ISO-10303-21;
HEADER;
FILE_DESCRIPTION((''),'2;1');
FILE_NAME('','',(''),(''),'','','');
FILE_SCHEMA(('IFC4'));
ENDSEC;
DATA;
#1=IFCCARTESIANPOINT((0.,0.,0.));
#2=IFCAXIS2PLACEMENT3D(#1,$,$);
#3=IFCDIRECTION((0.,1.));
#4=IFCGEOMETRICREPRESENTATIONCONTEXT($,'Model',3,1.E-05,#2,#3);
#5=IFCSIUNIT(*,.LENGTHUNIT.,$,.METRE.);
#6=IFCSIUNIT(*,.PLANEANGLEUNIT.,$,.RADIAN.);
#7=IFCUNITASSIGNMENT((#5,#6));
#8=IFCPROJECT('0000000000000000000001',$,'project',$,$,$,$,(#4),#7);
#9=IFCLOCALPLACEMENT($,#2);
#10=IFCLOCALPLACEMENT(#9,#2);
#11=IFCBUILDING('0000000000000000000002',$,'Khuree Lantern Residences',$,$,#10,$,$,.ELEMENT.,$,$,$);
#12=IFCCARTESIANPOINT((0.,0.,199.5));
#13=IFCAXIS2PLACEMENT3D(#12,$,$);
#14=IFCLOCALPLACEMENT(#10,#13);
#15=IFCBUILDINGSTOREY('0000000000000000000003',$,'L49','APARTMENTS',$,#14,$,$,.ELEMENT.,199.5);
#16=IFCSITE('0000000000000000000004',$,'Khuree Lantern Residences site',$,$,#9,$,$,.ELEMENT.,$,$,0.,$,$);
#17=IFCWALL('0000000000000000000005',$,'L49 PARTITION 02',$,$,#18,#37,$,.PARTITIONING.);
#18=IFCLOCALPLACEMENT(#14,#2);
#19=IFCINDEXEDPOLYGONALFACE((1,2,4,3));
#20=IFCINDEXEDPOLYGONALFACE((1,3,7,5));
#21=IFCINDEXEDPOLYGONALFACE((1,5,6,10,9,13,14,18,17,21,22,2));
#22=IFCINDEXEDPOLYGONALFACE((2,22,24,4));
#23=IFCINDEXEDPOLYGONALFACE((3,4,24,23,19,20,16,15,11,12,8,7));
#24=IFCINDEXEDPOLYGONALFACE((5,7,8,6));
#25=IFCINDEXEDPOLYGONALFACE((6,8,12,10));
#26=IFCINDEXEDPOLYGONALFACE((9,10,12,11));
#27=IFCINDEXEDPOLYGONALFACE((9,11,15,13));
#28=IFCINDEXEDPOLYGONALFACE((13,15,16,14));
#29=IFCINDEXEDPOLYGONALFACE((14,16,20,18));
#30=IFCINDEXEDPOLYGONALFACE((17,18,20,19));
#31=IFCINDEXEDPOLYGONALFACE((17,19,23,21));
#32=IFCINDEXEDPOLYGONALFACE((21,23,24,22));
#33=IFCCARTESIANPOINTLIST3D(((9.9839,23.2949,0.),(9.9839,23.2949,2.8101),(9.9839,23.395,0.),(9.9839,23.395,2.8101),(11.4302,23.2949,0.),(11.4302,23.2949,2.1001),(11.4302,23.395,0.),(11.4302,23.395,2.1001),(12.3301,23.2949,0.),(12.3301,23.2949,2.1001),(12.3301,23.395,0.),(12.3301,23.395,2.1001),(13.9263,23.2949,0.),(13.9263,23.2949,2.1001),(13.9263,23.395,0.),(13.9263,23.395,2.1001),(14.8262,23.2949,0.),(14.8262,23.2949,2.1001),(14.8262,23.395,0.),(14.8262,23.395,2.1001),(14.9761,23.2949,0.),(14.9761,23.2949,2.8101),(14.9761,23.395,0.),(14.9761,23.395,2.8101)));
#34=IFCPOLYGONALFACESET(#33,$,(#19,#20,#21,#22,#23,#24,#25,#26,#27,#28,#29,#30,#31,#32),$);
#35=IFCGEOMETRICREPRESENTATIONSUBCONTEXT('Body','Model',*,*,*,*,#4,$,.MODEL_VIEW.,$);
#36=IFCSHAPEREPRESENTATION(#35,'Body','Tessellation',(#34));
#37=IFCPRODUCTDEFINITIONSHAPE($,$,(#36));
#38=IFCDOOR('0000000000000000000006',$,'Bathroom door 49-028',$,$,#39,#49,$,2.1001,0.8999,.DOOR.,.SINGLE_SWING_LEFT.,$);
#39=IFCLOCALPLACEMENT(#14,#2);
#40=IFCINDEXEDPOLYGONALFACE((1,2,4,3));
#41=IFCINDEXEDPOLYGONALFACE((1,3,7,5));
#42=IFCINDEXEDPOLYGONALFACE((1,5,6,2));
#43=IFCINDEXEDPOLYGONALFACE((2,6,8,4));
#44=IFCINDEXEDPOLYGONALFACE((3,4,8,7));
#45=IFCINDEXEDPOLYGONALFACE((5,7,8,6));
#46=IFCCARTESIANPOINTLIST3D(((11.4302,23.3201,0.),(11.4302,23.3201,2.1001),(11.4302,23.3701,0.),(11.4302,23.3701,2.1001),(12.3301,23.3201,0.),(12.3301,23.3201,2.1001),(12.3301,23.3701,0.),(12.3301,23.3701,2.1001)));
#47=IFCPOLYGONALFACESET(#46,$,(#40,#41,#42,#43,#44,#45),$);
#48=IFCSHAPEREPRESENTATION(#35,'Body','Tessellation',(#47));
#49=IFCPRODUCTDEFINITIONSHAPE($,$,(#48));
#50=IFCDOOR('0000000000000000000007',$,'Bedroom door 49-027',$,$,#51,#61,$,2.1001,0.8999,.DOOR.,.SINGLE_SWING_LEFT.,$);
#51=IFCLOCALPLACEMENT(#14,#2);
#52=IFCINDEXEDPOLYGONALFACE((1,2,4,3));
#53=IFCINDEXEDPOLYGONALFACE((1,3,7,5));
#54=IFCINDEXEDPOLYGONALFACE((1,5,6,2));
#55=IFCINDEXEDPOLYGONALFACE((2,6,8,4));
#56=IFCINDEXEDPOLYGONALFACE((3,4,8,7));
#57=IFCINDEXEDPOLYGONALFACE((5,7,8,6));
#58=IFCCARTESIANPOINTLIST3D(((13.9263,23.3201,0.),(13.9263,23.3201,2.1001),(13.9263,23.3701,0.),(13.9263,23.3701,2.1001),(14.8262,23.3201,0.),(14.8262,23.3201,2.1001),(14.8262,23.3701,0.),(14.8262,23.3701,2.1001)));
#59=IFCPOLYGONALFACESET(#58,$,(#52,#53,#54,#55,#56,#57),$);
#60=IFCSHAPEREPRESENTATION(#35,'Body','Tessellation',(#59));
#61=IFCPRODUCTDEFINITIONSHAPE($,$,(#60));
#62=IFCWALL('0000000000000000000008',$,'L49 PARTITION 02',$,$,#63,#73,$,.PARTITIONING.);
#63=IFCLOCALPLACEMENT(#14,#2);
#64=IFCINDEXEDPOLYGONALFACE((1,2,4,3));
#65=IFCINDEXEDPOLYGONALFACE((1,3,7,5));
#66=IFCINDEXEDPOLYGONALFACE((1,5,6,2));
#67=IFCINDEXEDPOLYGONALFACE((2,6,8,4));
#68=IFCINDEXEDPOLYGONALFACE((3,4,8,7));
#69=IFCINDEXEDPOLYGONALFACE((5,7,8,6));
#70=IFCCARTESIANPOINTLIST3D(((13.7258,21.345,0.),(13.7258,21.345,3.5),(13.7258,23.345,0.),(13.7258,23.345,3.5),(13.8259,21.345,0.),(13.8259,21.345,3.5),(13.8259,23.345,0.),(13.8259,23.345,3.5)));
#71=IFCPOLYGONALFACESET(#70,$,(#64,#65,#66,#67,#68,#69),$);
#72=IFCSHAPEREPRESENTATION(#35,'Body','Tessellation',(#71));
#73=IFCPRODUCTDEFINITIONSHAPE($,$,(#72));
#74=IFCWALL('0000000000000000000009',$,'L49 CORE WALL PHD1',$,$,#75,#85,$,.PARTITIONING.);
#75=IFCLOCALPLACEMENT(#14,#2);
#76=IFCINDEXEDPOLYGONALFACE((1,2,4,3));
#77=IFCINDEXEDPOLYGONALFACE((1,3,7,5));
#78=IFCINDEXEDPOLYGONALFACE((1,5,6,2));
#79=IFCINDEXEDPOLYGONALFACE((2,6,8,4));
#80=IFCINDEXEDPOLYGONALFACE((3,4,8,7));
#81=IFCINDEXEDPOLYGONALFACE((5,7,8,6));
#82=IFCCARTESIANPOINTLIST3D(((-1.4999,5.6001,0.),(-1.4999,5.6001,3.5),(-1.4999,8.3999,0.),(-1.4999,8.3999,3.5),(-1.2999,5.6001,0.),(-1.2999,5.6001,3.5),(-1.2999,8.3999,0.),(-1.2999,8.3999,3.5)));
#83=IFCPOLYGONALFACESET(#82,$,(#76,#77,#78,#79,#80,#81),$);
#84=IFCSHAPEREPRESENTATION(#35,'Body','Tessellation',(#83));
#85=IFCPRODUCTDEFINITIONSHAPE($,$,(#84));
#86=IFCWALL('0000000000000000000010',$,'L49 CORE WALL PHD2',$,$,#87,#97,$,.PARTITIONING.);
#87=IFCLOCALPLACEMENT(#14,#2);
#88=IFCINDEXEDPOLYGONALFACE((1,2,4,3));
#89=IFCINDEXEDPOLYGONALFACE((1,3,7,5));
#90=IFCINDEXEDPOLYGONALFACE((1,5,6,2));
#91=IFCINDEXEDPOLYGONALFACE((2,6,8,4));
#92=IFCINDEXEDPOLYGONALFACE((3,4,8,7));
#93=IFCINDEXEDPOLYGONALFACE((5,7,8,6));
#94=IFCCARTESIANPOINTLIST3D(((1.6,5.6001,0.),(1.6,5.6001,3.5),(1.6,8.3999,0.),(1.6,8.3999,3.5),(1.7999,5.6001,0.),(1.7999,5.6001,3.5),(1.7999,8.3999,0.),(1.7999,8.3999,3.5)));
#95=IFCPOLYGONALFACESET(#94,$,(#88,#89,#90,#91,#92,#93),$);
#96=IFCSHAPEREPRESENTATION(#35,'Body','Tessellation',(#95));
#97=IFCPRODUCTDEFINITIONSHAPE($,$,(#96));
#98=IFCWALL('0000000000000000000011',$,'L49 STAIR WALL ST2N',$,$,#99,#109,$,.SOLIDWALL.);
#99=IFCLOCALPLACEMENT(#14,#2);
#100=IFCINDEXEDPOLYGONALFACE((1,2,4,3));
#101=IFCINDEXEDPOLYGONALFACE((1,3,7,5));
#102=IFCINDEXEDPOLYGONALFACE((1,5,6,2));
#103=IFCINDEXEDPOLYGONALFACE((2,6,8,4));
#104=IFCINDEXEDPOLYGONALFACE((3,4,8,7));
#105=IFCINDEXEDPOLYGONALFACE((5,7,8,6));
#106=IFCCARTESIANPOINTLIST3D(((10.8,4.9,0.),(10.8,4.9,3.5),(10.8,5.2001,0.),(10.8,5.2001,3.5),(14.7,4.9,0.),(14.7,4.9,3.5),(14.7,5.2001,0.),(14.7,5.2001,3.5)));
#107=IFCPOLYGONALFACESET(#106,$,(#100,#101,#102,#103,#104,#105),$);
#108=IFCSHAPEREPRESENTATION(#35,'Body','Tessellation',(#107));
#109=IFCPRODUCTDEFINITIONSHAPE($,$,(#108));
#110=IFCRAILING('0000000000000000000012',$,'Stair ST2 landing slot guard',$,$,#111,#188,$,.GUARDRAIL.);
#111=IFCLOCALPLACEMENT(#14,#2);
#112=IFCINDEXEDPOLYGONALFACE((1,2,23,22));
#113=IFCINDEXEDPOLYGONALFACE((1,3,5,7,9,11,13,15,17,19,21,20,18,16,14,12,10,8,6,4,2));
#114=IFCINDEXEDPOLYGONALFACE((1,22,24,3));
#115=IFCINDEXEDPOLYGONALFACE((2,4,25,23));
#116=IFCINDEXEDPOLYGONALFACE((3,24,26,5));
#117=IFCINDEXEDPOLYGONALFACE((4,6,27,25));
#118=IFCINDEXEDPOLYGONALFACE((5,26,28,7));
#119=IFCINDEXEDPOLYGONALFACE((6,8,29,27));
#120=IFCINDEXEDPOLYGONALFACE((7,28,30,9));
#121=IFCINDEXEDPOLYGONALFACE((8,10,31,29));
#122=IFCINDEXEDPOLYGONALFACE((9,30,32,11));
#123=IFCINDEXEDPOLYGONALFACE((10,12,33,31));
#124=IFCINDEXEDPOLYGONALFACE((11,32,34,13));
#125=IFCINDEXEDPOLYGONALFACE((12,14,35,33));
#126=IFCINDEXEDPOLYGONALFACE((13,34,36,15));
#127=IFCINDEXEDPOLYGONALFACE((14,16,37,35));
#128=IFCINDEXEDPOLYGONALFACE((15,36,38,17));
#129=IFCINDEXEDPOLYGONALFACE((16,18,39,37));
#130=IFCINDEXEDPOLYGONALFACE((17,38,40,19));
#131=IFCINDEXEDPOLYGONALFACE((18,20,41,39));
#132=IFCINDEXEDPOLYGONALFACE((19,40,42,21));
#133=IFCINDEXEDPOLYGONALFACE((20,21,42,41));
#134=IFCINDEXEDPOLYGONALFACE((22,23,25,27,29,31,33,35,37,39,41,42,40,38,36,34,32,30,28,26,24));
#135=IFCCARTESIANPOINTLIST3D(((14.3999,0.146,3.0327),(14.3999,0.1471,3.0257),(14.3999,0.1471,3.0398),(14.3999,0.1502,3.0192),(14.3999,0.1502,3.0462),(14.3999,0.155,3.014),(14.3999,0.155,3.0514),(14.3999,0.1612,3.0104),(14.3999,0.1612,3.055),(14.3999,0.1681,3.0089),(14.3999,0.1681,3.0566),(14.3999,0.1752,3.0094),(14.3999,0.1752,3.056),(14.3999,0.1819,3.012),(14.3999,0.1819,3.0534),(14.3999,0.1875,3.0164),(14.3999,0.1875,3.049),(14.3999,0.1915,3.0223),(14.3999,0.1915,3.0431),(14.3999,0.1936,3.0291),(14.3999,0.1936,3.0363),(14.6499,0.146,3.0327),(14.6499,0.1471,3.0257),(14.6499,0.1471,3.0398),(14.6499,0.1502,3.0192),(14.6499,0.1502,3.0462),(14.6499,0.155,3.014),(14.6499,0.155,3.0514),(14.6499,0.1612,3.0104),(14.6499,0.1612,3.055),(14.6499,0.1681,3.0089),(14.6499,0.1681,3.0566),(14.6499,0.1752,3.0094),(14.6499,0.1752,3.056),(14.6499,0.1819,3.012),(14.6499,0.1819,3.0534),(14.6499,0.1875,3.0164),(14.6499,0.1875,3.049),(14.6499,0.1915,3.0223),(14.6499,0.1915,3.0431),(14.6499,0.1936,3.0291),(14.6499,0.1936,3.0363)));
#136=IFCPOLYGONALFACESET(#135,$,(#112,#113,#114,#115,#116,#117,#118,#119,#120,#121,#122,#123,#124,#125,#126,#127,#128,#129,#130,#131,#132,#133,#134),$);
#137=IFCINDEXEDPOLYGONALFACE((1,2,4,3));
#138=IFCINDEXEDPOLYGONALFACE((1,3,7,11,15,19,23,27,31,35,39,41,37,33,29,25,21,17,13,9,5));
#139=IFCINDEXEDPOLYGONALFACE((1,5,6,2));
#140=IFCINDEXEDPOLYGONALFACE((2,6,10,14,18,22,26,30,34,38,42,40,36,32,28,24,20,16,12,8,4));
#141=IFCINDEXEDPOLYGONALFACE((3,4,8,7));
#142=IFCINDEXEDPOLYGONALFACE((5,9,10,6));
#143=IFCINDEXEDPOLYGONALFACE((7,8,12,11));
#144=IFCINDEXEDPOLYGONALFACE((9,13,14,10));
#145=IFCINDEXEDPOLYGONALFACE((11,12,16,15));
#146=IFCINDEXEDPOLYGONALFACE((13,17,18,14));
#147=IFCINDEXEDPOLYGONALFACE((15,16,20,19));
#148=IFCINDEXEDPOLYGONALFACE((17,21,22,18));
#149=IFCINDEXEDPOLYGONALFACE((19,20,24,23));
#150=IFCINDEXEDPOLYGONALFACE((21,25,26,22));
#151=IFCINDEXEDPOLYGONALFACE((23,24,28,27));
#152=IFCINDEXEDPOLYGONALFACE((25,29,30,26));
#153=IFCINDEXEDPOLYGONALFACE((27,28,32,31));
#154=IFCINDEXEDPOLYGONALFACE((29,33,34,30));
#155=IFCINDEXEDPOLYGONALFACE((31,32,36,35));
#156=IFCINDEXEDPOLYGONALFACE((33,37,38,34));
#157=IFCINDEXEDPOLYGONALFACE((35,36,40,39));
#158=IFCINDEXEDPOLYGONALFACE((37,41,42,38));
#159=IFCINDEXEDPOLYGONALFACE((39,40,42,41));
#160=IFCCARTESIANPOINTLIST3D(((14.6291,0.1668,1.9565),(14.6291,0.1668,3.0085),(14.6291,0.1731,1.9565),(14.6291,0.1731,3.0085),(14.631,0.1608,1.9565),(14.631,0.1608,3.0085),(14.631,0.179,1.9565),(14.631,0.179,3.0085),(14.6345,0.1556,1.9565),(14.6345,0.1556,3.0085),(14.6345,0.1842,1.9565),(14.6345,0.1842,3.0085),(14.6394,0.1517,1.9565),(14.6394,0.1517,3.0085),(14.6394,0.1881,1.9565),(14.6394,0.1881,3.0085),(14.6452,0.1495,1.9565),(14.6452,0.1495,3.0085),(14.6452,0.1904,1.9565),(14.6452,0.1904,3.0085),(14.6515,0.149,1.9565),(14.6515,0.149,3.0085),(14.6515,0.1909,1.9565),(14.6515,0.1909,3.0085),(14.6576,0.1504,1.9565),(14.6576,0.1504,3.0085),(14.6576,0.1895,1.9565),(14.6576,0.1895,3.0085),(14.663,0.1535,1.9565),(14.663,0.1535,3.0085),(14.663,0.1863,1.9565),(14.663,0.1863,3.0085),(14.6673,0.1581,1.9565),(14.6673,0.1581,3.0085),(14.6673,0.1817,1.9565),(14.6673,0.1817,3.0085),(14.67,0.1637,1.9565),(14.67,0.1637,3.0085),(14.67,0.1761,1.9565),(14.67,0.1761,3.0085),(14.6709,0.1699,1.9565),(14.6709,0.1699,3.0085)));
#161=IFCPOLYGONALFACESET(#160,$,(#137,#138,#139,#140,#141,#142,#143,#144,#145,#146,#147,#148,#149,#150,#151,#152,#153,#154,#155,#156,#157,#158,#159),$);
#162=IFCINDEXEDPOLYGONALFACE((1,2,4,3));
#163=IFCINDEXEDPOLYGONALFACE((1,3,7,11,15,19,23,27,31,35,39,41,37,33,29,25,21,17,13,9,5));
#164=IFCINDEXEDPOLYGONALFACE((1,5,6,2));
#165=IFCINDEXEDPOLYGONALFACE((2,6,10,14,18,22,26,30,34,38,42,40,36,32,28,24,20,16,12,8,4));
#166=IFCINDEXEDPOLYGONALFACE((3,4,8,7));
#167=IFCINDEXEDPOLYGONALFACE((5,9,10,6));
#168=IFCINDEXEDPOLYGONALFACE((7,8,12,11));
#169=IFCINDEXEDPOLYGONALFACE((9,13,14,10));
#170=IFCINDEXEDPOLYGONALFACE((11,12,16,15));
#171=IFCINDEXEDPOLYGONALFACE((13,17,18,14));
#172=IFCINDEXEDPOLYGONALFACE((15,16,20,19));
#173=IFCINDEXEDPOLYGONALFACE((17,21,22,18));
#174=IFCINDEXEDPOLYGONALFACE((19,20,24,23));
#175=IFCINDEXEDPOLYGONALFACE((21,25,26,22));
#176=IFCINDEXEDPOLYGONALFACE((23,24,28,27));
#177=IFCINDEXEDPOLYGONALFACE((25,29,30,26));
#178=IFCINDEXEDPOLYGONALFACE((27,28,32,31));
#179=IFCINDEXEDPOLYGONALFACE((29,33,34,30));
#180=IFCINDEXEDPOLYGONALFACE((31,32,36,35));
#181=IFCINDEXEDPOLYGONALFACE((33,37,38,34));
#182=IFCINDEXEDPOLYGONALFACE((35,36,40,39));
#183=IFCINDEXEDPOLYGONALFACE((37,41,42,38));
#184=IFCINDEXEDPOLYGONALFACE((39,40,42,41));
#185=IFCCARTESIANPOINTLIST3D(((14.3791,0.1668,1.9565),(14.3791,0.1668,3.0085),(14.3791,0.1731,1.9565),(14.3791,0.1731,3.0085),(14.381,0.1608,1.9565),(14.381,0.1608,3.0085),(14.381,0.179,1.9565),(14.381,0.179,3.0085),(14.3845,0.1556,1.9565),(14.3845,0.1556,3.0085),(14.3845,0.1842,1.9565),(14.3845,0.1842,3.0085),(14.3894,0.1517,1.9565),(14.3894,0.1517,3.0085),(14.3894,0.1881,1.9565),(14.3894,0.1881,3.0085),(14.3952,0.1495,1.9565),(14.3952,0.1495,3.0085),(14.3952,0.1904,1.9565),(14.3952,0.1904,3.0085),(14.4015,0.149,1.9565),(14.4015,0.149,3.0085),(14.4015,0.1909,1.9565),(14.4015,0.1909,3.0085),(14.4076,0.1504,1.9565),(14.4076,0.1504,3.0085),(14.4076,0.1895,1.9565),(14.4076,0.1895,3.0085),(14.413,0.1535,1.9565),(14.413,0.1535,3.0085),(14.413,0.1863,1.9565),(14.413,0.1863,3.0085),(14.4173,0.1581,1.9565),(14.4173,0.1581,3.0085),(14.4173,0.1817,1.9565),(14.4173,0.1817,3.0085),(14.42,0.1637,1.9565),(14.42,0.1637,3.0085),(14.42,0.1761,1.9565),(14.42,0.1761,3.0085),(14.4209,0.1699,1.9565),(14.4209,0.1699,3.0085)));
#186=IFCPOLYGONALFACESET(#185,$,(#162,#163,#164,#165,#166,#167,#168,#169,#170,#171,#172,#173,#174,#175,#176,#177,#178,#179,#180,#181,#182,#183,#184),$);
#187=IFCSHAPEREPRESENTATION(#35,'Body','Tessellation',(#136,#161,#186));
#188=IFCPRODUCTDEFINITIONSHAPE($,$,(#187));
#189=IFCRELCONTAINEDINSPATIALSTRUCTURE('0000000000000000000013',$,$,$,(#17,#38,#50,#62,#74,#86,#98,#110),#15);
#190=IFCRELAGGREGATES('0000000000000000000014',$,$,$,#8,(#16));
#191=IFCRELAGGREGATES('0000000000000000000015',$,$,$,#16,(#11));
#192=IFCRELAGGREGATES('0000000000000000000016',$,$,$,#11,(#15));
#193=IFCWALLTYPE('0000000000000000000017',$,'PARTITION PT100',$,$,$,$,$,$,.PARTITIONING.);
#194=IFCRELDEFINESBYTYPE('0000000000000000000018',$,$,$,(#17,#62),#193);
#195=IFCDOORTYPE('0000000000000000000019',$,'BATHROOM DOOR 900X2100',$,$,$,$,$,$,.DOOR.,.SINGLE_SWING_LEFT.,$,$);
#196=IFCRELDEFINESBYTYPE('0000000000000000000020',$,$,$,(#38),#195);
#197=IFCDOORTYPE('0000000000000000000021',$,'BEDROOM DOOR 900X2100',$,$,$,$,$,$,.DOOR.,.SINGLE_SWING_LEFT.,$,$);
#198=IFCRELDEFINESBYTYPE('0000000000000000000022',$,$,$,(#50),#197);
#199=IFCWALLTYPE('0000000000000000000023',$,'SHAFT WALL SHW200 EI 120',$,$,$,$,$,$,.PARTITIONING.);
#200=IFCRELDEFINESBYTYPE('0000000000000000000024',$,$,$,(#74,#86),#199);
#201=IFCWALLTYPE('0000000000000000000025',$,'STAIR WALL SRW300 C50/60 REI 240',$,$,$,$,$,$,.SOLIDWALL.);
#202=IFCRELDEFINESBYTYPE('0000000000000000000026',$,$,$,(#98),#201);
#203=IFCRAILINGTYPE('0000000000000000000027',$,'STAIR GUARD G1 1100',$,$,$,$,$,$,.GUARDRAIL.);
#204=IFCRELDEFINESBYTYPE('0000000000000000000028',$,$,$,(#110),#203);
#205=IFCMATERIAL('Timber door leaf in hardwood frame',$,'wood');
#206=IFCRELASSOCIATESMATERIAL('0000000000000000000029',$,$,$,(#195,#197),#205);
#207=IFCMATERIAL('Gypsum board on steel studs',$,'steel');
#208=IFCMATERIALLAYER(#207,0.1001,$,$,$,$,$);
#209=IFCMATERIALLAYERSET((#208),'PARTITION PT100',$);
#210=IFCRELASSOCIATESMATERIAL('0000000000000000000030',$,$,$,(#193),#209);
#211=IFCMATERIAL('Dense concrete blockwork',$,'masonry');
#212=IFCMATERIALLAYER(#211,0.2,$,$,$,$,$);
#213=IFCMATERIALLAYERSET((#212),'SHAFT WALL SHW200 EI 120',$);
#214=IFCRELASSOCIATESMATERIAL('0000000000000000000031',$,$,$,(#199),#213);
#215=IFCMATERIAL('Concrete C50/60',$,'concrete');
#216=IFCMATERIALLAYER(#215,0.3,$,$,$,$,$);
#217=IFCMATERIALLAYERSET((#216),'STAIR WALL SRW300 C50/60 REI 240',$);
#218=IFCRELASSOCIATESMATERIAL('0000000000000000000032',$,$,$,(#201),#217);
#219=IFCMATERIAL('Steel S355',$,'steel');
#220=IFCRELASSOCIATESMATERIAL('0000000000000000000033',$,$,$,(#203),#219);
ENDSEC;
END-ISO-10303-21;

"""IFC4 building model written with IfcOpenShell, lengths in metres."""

from ifc_helpers import new_model, si_unit, direction, frame, frame_2d, origin, origin_2d, place, context, subcontext, project, spatial, rectangle, circle, extrude, material, layer, layer_set, type_object, element, fill, save


model = new_model("IFC4")

# Units and contexts
model_context = context("Model", 3, precision=1e-05, world=origin(), true_north=direction((0.0, 1.0)))
body_context = subcontext(model_context, "Body", "Model", "MODEL_VIEW")
ifc_project = project(units=[si_unit("LENGTHUNIT", "METRE"), si_unit("PLANEANGLEUNIT", "RADIAN")], contexts=[model_context])

# Site, building, storey
site_placement = place(None, origin())
site = spatial("IfcSite", under=ifc_project, at=site_placement, Name="Khuree Lantern Residences site", CompositionType="ELEMENT", RefElevation=0.0)
building_placement = place(site_placement, origin())
building = spatial("IfcBuilding", under=site, at=building_placement, Name="Khuree Lantern Residences", CompositionType="ELEMENT")
storey_placement = place(building_placement, frame((0.0, 0.0, 199.5)))
storey = spatial("IfcBuildingStorey", under=building, at=storey_placement, Name="L49", Description="APARTMENTS", CompositionType="ELEMENT", Elevation=199.5)

# Shared definitions
ifc_material_1 = material(Name="Concrete C50/60", Category="concrete")

# Shared definitions
ifc_material_2 = material(Name="Timber door leaf in hardwood frame", Category="wood")
door_type_1 = type_object("IfcDoorType", Name="BATHROOM DOOR 900X2100", OperationType="SINGLE_SWING_LEFT", PredefinedType="DOOR", material=ifc_material_2)

# Shared definitions
ifc_material_3 = material(Name="Dense concrete blockwork", Category="masonry")

# Shared definitions
ifc_material_4 = material(Name="Gypsum board on steel studs", Category="steel")
ifc_layer_1 = layer(ifc_material_4, 0.1001)
ifc_layer_set_1 = layer_set([ifc_layer_1], Name="PARTITION PT100")
wall_type_1 = type_object("IfcWallType", Name="PARTITION PT100", PredefinedType="PARTITIONING", material=ifc_layer_set_1)

# Wall, openings, doors
wall_1_placement = place(storey_placement, frame((14.9761, 23.345, 0.0), z_axis=(0.0, 0.0, 1.0), x_axis=(-1.0, 0.0, 0.0)))
wall_1 = element("IfcWall", 1, at=wall_1_placement, inside=storey, type_object=wall_type_1, Name="L49 PARTITION 02", PredefinedType="PARTITIONING", context=body_context, shape_type="SweptSolid", body=[
    extrude(rectangle(XDim=4.9922, YDim=0.1001, at=frame_2d((2.4961, 0.0))), origin(), (0.0, 0.0, 1.0), 2.8101),
])
opening_1_placement = place(wall_1_placement, frame((0.1499, 0.0, 0.0)))
opening_1 = element("IfcOpeningElement", 2, at=opening_1_placement, cuts=wall_1, PredefinedType="OPENING", context=body_context, shape_type="SweptSolid", body=[
    extrude(rectangle(XDim=0.8999, YDim=2.1001, at=frame_2d((0.45, 1.05))), frame((0.0, 0.0601, 0.0), z_axis=(0.0, -1.0, 0.0), x_axis=(1.0, 0.0, 0.0)), (0.0, 0.0, 1.0), 0.1201),
])
opening_2_placement = place(wall_1_placement, frame((2.646, 0.0, 0.0)))
opening_2 = element("IfcOpeningElement", 3, at=opening_2_placement, cuts=wall_1, PredefinedType="OPENING", context=body_context, shape_type="SweptSolid", body=[
    extrude(rectangle(XDim=0.8999, YDim=2.1001, at=frame_2d((0.45, 1.05))), frame((0.0, 0.0601, 0.0), z_axis=(0.0, -1.0, 0.0), x_axis=(1.0, 0.0, 0.0)), (0.0, 0.0, 1.0), 0.1201),
])
door_1_placement = place(opening_2_placement, origin())
door_1 = element("IfcDoor", 4, at=door_1_placement, inside=storey, type_object=door_type_1, Name="Bathroom door 49-028", OperationType="SINGLE_SWING_LEFT", OverallHeight=2.1001, OverallWidth=0.8999, PredefinedType="DOOR", context=body_context, shape_type="SweptSolid", body=[
    extrude(rectangle(XDim=0.8999, YDim=2.1001, at=frame_2d((0.45, 1.05))), frame((0.0, 0.0249, 0.0), z_axis=(0.0, -1.0, 0.0), x_axis=(1.0, 0.0, 0.0)), (0.0, 0.0, 1.0), 0.05),
])
fill(opening_2, door_1)
door_type_2 = type_object("IfcDoorType", Name="BEDROOM DOOR 900X2100", OperationType="SINGLE_SWING_LEFT", PredefinedType="DOOR", material=ifc_material_2)
door_2_placement = place(opening_1_placement, origin())
door_2 = element("IfcDoor", 5, at=door_2_placement, inside=storey, type_object=door_type_2, Name="Bedroom door 49-027", OperationType="SINGLE_SWING_LEFT", OverallHeight=2.1001, OverallWidth=0.8999, PredefinedType="DOOR", context=body_context, shape_type="SweptSolid", body=[
    extrude(rectangle(XDim=0.8999, YDim=2.1001, at=frame_2d((0.45, 1.05))), frame((0.0, 0.0249, 0.0), z_axis=(0.0, -1.0, 0.0), x_axis=(1.0, 0.0, 0.0)), (0.0, 0.0, 1.0), 0.05),
])
fill(opening_1, door_2)

# Walls
wall_2_placement = place(storey_placement, frame((13.7759, 21.345, 0.0), z_axis=(0.0, 0.0, 1.0), x_axis=(0.0, 1.0, 0.0)))
element("IfcWall", 6, at=wall_2_placement, inside=storey, type_object=wall_type_1, Name="L49 PARTITION 02", PredefinedType="PARTITIONING", context=body_context, shape_type="SweptSolid", body=[
    extrude(rectangle(XDim=2.0, YDim=0.1001, at=frame_2d((1.0, 0.0))), origin(), (0.0, 0.0, 1.0), 3.5),
])
ifc_layer_2 = layer(ifc_material_3, 0.2)
ifc_layer_set_2 = layer_set([ifc_layer_2], Name="SHAFT WALL SHW200 EI 120")
wall_type_2 = type_object("IfcWallType", Name="SHAFT WALL SHW200 EI 120", PredefinedType="PARTITIONING", material=ifc_layer_set_2)
for number, where, z_axis, x_axis, name in (
    (7, (-1.3999, 5.6001, 0.0), (0.0, 0.0, 1.0), (0.0, 1.0, 0.0), "L49 CORE WALL PHD1"),
    (8, (1.7, 5.6001, 0.0), (0.0, 0.0, 1.0), (0.0, 1.0, 0.0), "L49 CORE WALL PHD2"),
):
    element("IfcWall", number, at=place(storey_placement, frame(where, z_axis=z_axis, x_axis=x_axis)), inside=storey, type_object=wall_type_2, Name=name, PredefinedType="PARTITIONING", context=body_context, shape_type="SweptSolid", body=[
        extrude(rectangle(XDim=2.7998, YDim=0.2, at=frame_2d((1.3999, 0.0))), origin(), (0.0, 0.0, 1.0), 3.5),
    ])
ifc_layer_3 = layer(ifc_material_1, 0.3)
ifc_layer_set_3 = layer_set([ifc_layer_3], Name="STAIR WALL SRW300 C50/60 REI 240")
wall_type_3 = type_object("IfcWallType", Name="STAIR WALL SRW300 C50/60 REI 240", PredefinedType="SOLIDWALL", material=ifc_layer_set_3)
wall_3_placement = place(storey_placement, frame((14.7, 5.05, 0.0), z_axis=(0.0, 0.0, 1.0), x_axis=(-1.0, 0.0, 0.0)))
element("IfcWall", 9, at=wall_3_placement, inside=storey, type_object=wall_type_3, Name="L49 STAIR WALL ST2N", PredefinedType="SOLIDWALL", context=body_context, shape_type="SweptSolid", body=[
    extrude(rectangle(XDim=3.8999, YDim=0.3, at=frame_2d((1.95, 0.0))), origin(), (0.0, 0.0, 1.0), 3.5),
])

# Railing
ifc_material_5 = material(Name="Steel S355", Category="steel")
railing_type = type_object("IfcRailingType", Name="STAIR GUARD G1 1100", PredefinedType="GUARDRAIL", material=ifc_material_5)
railing_placement = place(storey_placement, frame((14.6499, 0.1699, 1.9565)))
element("IfcRailing", 10, at=railing_placement, inside=storey, type_object=railing_type, Name="Stair ST2 landing slot guard", PredefinedType="GUARDRAIL", context=body_context, shape_type="SweptSolid", body=[
    extrude(circle(Radius=0.0239, at=origin_2d()), frame((0.0, 0.0, 1.0762), z_axis=(-1.0, 0.0, 0.0), x_axis=(0.0, -1.0, 0.0)), (0.0, 0.0, 1.0), 0.25),
    extrude(circle(Radius=0.021, at=origin_2d()), origin(), (0.0, 0.0, 1.0), 1.052),
    extrude(circle(Radius=0.021, at=origin_2d()), frame((-0.25, 0.0, 0.0)), (0.0, 0.0, 1.0), 1.052),
])

save(model, "model.ifc")
